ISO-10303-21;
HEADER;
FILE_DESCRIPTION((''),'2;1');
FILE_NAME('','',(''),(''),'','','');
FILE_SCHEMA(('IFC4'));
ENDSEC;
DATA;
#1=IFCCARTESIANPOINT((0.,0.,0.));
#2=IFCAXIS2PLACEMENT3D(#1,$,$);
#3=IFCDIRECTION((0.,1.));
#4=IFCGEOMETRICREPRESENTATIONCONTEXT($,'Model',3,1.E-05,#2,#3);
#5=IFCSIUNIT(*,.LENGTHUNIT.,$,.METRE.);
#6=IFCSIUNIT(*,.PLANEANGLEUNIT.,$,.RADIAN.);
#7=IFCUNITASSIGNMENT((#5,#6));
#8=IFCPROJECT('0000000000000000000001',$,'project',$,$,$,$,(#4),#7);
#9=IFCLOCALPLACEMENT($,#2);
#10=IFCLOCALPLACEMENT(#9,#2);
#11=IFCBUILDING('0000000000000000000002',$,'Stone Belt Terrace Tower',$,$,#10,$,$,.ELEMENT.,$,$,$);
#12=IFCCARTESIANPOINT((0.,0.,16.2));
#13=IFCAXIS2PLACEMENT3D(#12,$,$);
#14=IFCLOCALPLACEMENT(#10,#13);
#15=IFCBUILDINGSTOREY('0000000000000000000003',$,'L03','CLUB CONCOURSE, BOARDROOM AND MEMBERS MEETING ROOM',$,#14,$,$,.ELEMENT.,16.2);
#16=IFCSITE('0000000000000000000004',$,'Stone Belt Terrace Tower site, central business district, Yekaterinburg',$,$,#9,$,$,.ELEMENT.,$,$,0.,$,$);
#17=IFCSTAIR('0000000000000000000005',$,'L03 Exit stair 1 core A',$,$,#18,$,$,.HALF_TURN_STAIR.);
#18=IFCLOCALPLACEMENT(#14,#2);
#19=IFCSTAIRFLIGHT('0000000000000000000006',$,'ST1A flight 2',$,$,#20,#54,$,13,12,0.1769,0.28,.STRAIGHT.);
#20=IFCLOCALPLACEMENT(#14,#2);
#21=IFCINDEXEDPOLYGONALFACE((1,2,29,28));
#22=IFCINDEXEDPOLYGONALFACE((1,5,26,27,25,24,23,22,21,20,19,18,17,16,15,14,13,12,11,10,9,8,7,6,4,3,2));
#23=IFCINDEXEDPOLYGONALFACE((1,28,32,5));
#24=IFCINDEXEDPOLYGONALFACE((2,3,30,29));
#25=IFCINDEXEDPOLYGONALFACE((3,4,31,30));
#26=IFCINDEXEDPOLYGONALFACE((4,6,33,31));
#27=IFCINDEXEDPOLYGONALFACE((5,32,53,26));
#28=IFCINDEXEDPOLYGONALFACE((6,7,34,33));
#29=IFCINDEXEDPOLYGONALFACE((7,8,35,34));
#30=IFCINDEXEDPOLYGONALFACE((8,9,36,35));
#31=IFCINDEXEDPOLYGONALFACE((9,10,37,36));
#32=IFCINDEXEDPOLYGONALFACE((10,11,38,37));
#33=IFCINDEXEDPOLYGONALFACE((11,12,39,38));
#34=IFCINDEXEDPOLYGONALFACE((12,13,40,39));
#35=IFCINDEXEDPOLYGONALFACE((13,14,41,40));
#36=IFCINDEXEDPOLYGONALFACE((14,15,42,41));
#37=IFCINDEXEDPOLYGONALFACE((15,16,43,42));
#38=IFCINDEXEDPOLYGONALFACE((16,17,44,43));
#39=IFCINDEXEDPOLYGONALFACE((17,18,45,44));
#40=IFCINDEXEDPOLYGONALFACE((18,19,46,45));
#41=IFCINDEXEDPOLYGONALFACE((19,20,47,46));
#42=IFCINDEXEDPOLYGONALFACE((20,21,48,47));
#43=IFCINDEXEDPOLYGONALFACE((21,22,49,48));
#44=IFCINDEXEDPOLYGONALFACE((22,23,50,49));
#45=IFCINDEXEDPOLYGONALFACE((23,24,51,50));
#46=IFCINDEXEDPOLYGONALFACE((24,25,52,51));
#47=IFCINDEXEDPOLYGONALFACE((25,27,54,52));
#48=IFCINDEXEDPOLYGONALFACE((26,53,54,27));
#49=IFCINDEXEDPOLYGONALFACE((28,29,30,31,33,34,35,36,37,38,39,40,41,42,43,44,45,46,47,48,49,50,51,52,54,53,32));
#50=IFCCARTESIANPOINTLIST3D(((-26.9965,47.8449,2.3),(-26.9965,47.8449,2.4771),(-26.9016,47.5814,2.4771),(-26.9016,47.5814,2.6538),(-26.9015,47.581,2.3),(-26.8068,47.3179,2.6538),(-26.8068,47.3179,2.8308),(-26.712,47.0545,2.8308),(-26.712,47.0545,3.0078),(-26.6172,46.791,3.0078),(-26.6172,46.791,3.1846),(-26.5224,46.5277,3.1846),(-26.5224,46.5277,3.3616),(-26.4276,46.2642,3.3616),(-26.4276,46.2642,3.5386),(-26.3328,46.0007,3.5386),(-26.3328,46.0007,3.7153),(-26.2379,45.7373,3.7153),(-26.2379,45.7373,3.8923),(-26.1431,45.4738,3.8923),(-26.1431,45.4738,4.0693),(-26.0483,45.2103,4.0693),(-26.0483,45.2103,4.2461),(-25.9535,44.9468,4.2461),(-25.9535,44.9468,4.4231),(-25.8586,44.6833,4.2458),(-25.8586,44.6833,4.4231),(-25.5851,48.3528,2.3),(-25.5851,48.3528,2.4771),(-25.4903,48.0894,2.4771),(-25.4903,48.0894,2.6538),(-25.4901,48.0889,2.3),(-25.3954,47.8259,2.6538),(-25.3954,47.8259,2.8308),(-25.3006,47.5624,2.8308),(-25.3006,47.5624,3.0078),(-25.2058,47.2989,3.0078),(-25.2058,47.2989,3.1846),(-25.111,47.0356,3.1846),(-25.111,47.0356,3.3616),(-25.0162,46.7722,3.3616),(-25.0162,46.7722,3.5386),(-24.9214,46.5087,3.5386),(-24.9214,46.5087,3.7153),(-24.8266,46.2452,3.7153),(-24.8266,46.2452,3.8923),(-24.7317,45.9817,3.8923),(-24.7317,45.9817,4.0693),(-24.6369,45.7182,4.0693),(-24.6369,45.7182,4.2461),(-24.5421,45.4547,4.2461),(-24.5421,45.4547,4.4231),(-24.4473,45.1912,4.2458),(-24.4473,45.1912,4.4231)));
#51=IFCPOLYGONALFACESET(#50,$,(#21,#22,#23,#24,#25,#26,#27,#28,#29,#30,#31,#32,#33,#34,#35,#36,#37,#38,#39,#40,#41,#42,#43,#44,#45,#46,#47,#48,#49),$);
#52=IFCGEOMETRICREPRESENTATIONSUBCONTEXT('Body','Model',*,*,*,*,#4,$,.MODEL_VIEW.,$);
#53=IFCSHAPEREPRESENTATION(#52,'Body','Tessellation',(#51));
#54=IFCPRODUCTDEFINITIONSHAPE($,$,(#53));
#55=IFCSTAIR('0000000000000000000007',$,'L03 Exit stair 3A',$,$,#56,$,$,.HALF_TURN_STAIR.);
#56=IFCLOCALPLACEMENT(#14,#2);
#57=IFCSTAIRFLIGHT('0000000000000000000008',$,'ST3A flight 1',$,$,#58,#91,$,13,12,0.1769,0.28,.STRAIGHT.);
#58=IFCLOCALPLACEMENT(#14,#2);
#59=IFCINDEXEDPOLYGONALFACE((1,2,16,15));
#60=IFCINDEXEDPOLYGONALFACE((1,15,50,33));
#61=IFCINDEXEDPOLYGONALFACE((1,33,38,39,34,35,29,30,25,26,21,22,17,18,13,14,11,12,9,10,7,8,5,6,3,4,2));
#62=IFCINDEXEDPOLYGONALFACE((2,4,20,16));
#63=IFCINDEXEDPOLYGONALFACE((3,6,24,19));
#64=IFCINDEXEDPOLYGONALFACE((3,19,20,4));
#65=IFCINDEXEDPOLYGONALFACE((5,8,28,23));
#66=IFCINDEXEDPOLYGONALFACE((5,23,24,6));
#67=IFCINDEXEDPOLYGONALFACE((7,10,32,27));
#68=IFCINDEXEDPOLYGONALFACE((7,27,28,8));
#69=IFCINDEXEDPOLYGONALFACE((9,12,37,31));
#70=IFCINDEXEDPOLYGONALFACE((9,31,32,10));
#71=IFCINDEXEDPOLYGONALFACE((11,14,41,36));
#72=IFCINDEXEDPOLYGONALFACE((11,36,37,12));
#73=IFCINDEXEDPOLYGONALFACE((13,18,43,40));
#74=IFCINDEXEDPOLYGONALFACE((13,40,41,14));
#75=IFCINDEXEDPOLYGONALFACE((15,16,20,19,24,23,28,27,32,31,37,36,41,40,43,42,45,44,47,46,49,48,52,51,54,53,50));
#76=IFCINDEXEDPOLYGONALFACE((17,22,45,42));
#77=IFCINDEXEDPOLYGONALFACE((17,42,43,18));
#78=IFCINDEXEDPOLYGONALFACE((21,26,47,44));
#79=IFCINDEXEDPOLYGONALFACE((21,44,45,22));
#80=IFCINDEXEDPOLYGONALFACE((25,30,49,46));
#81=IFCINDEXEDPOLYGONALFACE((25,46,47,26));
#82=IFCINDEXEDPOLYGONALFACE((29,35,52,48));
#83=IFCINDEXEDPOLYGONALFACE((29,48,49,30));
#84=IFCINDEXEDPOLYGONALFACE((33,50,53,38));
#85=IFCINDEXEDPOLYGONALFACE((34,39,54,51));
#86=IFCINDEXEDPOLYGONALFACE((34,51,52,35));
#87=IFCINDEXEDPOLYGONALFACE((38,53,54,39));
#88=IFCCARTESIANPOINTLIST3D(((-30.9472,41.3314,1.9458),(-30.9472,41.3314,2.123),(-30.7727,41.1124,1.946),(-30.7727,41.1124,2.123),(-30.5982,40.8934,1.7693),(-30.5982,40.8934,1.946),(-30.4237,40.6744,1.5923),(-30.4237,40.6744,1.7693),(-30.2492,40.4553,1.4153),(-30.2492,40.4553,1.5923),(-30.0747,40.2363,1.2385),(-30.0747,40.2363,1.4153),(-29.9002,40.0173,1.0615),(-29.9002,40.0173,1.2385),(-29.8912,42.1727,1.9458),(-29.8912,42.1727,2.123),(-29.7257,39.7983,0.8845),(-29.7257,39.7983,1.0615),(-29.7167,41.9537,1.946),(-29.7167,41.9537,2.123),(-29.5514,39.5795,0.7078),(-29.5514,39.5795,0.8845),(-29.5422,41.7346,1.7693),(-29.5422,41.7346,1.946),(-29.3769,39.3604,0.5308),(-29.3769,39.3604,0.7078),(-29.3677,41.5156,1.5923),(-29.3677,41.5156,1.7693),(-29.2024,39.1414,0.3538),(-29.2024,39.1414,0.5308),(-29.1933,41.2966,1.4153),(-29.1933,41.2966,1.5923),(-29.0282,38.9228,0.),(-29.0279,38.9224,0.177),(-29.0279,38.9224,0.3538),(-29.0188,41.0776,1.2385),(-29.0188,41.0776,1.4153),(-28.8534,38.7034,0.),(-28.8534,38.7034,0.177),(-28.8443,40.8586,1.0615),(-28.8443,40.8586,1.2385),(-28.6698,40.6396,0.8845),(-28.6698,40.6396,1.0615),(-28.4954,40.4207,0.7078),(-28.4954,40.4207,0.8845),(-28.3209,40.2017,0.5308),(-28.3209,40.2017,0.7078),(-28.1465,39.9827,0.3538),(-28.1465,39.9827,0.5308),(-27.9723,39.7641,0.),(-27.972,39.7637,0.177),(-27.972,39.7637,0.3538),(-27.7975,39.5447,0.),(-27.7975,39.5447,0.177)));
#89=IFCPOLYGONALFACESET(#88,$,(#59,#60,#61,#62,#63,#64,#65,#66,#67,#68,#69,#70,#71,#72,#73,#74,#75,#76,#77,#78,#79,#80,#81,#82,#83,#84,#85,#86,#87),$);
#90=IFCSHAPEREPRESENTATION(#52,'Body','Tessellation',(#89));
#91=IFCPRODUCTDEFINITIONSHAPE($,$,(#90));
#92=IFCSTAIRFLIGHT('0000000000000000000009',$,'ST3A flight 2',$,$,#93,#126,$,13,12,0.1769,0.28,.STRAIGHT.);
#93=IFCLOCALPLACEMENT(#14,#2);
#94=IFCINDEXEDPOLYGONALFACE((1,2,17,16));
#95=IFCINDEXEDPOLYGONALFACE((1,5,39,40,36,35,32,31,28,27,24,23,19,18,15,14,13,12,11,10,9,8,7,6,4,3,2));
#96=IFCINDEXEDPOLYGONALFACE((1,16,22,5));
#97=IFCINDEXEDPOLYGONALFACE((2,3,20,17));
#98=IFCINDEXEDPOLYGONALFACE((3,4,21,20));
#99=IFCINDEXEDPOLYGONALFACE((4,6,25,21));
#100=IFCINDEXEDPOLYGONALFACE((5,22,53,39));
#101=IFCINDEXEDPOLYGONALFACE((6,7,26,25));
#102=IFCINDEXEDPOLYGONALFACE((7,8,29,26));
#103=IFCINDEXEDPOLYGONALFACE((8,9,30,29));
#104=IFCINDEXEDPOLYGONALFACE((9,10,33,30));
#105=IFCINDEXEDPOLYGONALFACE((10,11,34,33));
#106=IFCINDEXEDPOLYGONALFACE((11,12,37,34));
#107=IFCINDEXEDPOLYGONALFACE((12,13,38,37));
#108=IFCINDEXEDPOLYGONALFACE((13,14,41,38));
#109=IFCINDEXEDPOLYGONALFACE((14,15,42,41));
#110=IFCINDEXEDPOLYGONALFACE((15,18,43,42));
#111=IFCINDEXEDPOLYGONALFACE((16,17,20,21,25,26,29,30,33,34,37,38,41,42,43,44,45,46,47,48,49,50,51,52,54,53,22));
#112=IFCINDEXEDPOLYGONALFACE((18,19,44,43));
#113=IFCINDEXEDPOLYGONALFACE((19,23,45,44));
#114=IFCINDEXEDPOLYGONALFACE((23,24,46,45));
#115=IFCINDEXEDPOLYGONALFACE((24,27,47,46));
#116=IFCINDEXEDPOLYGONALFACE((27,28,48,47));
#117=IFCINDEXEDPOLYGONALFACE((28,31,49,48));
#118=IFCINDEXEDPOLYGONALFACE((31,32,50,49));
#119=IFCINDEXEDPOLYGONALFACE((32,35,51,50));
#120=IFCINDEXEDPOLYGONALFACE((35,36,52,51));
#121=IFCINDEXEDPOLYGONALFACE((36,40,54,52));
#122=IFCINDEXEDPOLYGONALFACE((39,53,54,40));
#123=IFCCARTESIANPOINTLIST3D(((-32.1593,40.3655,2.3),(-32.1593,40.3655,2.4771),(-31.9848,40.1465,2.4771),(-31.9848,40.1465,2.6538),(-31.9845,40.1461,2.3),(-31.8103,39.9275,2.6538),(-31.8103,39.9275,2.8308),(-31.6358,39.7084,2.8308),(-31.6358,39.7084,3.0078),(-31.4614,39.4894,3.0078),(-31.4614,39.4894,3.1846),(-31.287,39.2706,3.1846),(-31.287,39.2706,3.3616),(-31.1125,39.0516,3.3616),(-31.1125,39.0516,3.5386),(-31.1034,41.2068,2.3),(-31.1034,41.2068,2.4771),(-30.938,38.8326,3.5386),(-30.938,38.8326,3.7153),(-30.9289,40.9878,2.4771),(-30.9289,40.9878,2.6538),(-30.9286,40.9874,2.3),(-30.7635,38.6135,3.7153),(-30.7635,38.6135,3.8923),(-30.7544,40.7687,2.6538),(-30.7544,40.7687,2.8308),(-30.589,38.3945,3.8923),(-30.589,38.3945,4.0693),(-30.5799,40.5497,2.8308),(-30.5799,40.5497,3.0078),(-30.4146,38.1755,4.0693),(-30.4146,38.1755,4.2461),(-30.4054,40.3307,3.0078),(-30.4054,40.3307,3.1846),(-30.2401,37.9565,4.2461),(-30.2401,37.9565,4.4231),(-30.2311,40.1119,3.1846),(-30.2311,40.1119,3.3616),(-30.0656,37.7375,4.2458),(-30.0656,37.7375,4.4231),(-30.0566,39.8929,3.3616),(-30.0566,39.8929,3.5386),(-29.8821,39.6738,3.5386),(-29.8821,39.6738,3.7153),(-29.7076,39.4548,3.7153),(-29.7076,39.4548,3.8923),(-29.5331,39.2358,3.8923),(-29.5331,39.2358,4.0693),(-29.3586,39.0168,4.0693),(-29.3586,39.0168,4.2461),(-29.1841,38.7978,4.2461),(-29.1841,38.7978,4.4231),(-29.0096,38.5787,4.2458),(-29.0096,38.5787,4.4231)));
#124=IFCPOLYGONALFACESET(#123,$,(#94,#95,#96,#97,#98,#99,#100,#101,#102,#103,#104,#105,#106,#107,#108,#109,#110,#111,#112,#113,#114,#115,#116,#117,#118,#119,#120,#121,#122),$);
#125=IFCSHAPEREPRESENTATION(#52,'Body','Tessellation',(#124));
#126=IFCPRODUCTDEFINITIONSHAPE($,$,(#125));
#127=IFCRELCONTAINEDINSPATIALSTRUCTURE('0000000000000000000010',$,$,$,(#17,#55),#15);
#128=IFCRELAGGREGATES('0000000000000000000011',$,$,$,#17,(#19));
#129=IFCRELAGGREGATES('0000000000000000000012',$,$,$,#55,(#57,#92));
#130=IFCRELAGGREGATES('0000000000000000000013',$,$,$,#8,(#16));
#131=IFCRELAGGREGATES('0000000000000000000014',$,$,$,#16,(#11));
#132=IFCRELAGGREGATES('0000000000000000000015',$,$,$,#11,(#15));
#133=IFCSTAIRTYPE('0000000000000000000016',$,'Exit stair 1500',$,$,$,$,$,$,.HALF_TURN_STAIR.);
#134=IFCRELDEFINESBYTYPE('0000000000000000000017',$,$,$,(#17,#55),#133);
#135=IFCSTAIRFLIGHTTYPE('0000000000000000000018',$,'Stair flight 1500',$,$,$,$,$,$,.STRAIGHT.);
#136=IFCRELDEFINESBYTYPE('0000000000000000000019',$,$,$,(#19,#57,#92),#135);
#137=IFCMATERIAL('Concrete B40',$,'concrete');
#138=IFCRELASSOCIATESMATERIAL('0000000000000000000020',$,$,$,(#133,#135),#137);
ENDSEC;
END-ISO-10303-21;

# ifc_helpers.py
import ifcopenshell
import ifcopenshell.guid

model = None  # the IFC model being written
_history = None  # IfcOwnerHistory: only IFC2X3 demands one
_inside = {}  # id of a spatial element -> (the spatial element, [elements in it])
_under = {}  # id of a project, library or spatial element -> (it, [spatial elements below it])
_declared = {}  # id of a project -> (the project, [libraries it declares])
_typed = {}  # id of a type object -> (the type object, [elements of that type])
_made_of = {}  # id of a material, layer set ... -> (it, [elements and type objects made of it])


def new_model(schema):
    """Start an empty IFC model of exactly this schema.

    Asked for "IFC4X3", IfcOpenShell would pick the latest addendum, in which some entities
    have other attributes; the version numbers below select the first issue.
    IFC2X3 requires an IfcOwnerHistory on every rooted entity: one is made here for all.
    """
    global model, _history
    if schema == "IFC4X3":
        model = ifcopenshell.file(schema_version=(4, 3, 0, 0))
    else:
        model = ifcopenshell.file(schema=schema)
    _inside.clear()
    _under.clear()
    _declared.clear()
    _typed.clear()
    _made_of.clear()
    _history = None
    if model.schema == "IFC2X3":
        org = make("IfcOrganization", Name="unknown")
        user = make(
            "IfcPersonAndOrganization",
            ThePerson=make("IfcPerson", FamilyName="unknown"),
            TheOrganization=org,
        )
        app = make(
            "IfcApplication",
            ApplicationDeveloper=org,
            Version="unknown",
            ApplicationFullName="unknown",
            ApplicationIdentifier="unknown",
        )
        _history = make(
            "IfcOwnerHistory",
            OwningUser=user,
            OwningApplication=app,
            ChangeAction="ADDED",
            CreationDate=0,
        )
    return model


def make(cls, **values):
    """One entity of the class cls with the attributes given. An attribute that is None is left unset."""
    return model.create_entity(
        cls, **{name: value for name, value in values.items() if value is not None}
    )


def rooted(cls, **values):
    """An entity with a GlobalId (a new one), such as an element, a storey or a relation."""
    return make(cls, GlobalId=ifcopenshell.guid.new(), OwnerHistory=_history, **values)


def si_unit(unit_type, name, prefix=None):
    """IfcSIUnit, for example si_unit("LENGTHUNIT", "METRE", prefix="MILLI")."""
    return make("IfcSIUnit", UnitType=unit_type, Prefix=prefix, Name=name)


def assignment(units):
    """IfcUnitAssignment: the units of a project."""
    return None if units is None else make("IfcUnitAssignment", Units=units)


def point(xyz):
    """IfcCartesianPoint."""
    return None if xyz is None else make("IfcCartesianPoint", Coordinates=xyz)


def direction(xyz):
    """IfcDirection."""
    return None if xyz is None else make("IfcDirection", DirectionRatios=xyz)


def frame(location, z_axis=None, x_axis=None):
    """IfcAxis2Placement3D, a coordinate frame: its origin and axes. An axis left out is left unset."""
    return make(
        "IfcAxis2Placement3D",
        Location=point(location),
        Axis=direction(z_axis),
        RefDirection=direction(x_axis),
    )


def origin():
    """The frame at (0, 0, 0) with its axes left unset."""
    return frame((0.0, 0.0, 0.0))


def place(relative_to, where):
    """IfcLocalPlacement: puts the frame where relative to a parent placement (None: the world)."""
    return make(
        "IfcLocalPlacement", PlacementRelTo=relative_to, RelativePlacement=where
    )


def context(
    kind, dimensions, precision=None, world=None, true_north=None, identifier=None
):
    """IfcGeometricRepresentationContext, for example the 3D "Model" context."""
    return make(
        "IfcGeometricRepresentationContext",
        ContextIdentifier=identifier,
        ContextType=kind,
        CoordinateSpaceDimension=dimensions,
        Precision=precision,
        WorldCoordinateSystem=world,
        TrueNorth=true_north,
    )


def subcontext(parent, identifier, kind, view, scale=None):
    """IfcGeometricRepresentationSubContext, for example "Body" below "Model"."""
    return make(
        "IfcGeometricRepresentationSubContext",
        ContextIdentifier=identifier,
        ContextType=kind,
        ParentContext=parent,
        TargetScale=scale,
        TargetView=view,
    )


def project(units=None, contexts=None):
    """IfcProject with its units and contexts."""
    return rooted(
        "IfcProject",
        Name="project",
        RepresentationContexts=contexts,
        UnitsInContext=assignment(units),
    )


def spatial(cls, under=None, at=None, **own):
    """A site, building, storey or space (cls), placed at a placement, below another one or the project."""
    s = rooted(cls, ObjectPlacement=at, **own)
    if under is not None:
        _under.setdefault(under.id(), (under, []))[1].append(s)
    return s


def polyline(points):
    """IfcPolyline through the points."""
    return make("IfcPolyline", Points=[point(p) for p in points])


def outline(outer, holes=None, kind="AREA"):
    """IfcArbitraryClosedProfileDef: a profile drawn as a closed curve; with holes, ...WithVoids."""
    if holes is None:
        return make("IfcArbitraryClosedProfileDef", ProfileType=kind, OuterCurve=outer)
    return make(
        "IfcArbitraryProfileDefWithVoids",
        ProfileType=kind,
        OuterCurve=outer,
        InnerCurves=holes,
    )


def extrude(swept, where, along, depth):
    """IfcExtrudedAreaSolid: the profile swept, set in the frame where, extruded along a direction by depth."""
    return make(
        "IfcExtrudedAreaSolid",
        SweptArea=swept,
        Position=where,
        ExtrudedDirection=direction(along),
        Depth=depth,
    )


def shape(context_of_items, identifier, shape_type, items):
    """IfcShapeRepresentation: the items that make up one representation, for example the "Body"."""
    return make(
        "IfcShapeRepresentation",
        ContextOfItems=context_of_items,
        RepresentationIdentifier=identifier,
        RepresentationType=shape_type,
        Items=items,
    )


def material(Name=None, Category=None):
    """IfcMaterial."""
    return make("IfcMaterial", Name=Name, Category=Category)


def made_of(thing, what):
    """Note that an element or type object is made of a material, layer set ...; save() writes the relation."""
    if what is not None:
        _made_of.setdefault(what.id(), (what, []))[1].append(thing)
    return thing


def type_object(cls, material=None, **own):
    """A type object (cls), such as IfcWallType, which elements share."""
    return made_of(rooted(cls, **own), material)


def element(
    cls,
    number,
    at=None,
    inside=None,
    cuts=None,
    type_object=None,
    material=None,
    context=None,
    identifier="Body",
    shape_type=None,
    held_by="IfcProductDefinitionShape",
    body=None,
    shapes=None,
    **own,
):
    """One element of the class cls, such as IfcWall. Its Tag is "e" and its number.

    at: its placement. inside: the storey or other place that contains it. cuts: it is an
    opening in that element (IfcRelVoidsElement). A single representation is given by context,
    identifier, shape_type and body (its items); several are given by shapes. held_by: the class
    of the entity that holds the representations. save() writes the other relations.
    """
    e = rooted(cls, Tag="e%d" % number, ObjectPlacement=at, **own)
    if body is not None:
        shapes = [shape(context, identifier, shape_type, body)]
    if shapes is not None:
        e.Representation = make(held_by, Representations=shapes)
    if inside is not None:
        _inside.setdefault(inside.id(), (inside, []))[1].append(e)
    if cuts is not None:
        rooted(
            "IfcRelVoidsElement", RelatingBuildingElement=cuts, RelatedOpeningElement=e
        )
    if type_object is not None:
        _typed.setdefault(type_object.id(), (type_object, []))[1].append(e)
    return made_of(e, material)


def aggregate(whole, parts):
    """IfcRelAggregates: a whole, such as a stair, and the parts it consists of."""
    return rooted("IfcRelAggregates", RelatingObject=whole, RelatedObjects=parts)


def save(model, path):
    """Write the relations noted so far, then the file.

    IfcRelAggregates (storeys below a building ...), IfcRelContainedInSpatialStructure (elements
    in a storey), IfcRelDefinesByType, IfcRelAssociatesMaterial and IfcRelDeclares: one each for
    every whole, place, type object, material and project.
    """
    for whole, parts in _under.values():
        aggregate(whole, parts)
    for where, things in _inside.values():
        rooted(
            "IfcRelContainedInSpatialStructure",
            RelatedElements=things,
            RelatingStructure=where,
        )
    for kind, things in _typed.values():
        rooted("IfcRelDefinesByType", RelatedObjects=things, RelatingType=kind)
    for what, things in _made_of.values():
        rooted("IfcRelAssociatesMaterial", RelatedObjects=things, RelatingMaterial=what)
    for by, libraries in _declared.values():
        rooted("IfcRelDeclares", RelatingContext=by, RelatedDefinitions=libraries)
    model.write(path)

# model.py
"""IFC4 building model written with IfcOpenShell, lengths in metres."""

from ifc_helpers import new_model, si_unit, direction, frame, origin, place, context, subcontext, project, spatial, polyline, outline, extrude, material, type_object, element, aggregate, save


model = new_model("IFC4")

# Units and contexts
model_context = context("Model", 3, precision=1e-05, world=origin(), true_north=direction((0.0, 1.0)))
body_context = subcontext(model_context, "Body", "Model", "MODEL_VIEW")
ifc_project = project(units=[si_unit("LENGTHUNIT", "METRE"), si_unit("PLANEANGLEUNIT", "RADIAN")], contexts=[model_context])

# Site, building, storey
site_placement = place(None, origin())
site = spatial("IfcSite", under=ifc_project, at=site_placement, Name="Stone Belt Terrace Tower site, central business district, Yekaterinburg", CompositionType="ELEMENT", RefElevation=0.0)
building_placement = place(site_placement, origin())
building = spatial("IfcBuilding", under=site, at=building_placement, Name="Stone Belt Terrace Tower", CompositionType="ELEMENT")
storey_placement = place(building_placement, frame((0.0, 0.0, 16.2)))
storey = spatial("IfcBuildingStorey", under=building, at=storey_placement, Name="L03", Description="CLUB CONCOURSE, BOARDROOM AND MEMBERS MEETING ROOM", CompositionType="ELEMENT", Elevation=16.2)

# Stairs, stair flights
ifc_material_1 = material(Name="Concrete B40", Category="concrete")
stair_type = type_object("IfcStairType", Name="Exit stair 1500", PredefinedType="HALF_TURN_STAIR", material=ifc_material_1)
stair_1_placement = place(storey_placement, origin())
stair_1 = element("IfcStair", 1, at=stair_1_placement, inside=storey, type_object=stair_type, Name="L03 Exit stair 1 core A", PredefinedType="HALF_TURN_STAIR")
stair_flight_type = type_object("IfcStairFlightType", Name="Stair flight 1500", PredefinedType="STRAIGHT", material=ifc_material_1)
stair_flight_1_placement = place(storey_placement, frame((-26.2908, 48.0989, 2.3), z_axis=(0.0, 0.0, 1.0), x_axis=(0.338624, -0.940922, 0.0)))
stair_flight_1 = element("IfcStairFlight", 2, at=stair_flight_1_placement, type_object=stair_flight_type, Name="ST1A flight 2", NumberOfRisers=13, NumberOfTreads=12, PredefinedType="STRAIGHT", RiserHeight=0.1769, TreadLength=0.28, context=body_context, shape_type="SweptSolid", body=[
    extrude(outline(polyline([(0.0, 0.0), (0.0, 0.177), (0.28, 0.177), (0.28, 0.3538), (0.5601, 0.3538), (0.5601, 0.5308), (0.8401, 0.5308), (0.8401, 0.7078), (1.1201, 0.7078), (1.1201, 0.8845), (1.3999, 0.8845), (1.3999, 1.0615), (1.6799, 1.0615), (1.6799, 1.2385), (1.96, 1.2385), (1.96, 1.4153), (2.24, 1.4153), (2.24, 1.5923), (2.52, 1.5923), (2.52, 1.7693), (2.8, 1.7693), (2.8, 1.946), (3.0801, 1.946), (3.0801, 2.123), (3.3601, 2.123), (3.3601, 2.3), (3.3601, 1.9458), (0.2805, 0.0), (0.0, 0.0)])), frame((0.0, 0.75, 0.0), z_axis=(0.0, -1.0, 0.0), x_axis=(1.0, 0.0, 0.0)), (0.0, 0.0, 1.0), 1.5),
])
aggregate(stair_1, [stair_flight_1])
stair_2_placement = place(storey_placement, origin())
stair_2 = element("IfcStair", 3, at=stair_2_placement, inside=storey, type_object=stair_type, Name="L03 Exit stair 3A", PredefinedType="HALF_TURN_STAIR")
stair_flight_2_placement = place(storey_placement, frame((-28.3254, 39.124, 0.0), z_axis=(0.0, 0.0, 1.0), x_axis=(-0.623121, 0.782125, 0.0)))
stair_flight_2 = element("IfcStairFlight", 4, at=stair_flight_2_placement, type_object=stair_flight_type, Name="ST3A flight 1", NumberOfRisers=13, NumberOfTreads=12, PredefinedType="STRAIGHT", RiserHeight=0.1769, TreadLength=0.28, context=body_context, shape_type="SweptSolid", body=[
    extrude(outline(polyline([(0.0, 0.0), (0.0, 0.177), (0.28, 0.177), (0.28, 0.3538), (0.5601, 0.3538), (0.5601, 0.5308), (0.8401, 0.5308), (0.8401, 0.7078), (1.1201, 0.7078), (1.1201, 0.8845), (1.3999, 0.8845), (1.3999, 1.0615), (1.6799, 1.0615), (1.6799, 1.2385), (1.96, 1.2385), (1.96, 1.4153), (2.24, 1.4153), (2.24, 1.5923), (2.52, 1.5923), (2.52, 1.7693), (2.8, 1.7693), (2.8, 1.946), (3.0801, 1.946), (3.0801, 2.123), (3.3601, 2.123), (3.3601, 2.3), (3.3601, 1.9458), (0.2805, 0.0), (0.0, 0.0)])), frame((0.0, 0.675, 0.0), z_axis=(0.0, -1.0, 0.0), x_axis=(1.0, 0.0, 0.0)), (0.0, 0.0, 1.0), 1.3501),
])
stair_flight_3_placement = place(storey_placement, frame((-31.6313, 40.7861, 2.3), z_axis=(0.0, 0.0, 1.0), x_axis=(0.623121, -0.782125, 0.0)))
stair_flight_3 = element("IfcStairFlight", 5, at=stair_flight_3_placement, type_object=stair_flight_type, Name="ST3A flight 2", NumberOfRisers=13, NumberOfTreads=12, PredefinedType="STRAIGHT", RiserHeight=0.1769, TreadLength=0.28, context=body_context, shape_type="SweptSolid", body=[
    extrude(outline(polyline([(0.0, 0.0), (0.0, 0.177), (0.28, 0.177), (0.28, 0.3538), (0.5601, 0.3538), (0.5601, 0.5308), (0.8401, 0.5308), (0.8401, 0.7078), (1.1201, 0.7078), (1.1201, 0.8845), (1.3999, 0.8845), (1.3999, 1.0615), (1.6799, 1.0615), (1.6799, 1.2385), (1.96, 1.2385), (1.96, 1.4153), (2.24, 1.4153), (2.24, 1.5923), (2.52, 1.5923), (2.52, 1.7693), (2.8, 1.7693), (2.8, 1.946), (3.0801, 1.946), (3.0801, 2.123), (3.3601, 2.123), (3.3601, 2.3), (3.3601, 1.9458), (0.2805, 0.0), (0.0, 0.0)])), frame((0.0, 0.675, 0.0), z_axis=(0.0, -1.0, 0.0), x_axis=(1.0, 0.0, 0.0)), (0.0, 0.0, 1.0), 1.3501),
])
aggregate(stair_2, [stair_flight_2, stair_flight_3])

save(model, "model.ifc")
